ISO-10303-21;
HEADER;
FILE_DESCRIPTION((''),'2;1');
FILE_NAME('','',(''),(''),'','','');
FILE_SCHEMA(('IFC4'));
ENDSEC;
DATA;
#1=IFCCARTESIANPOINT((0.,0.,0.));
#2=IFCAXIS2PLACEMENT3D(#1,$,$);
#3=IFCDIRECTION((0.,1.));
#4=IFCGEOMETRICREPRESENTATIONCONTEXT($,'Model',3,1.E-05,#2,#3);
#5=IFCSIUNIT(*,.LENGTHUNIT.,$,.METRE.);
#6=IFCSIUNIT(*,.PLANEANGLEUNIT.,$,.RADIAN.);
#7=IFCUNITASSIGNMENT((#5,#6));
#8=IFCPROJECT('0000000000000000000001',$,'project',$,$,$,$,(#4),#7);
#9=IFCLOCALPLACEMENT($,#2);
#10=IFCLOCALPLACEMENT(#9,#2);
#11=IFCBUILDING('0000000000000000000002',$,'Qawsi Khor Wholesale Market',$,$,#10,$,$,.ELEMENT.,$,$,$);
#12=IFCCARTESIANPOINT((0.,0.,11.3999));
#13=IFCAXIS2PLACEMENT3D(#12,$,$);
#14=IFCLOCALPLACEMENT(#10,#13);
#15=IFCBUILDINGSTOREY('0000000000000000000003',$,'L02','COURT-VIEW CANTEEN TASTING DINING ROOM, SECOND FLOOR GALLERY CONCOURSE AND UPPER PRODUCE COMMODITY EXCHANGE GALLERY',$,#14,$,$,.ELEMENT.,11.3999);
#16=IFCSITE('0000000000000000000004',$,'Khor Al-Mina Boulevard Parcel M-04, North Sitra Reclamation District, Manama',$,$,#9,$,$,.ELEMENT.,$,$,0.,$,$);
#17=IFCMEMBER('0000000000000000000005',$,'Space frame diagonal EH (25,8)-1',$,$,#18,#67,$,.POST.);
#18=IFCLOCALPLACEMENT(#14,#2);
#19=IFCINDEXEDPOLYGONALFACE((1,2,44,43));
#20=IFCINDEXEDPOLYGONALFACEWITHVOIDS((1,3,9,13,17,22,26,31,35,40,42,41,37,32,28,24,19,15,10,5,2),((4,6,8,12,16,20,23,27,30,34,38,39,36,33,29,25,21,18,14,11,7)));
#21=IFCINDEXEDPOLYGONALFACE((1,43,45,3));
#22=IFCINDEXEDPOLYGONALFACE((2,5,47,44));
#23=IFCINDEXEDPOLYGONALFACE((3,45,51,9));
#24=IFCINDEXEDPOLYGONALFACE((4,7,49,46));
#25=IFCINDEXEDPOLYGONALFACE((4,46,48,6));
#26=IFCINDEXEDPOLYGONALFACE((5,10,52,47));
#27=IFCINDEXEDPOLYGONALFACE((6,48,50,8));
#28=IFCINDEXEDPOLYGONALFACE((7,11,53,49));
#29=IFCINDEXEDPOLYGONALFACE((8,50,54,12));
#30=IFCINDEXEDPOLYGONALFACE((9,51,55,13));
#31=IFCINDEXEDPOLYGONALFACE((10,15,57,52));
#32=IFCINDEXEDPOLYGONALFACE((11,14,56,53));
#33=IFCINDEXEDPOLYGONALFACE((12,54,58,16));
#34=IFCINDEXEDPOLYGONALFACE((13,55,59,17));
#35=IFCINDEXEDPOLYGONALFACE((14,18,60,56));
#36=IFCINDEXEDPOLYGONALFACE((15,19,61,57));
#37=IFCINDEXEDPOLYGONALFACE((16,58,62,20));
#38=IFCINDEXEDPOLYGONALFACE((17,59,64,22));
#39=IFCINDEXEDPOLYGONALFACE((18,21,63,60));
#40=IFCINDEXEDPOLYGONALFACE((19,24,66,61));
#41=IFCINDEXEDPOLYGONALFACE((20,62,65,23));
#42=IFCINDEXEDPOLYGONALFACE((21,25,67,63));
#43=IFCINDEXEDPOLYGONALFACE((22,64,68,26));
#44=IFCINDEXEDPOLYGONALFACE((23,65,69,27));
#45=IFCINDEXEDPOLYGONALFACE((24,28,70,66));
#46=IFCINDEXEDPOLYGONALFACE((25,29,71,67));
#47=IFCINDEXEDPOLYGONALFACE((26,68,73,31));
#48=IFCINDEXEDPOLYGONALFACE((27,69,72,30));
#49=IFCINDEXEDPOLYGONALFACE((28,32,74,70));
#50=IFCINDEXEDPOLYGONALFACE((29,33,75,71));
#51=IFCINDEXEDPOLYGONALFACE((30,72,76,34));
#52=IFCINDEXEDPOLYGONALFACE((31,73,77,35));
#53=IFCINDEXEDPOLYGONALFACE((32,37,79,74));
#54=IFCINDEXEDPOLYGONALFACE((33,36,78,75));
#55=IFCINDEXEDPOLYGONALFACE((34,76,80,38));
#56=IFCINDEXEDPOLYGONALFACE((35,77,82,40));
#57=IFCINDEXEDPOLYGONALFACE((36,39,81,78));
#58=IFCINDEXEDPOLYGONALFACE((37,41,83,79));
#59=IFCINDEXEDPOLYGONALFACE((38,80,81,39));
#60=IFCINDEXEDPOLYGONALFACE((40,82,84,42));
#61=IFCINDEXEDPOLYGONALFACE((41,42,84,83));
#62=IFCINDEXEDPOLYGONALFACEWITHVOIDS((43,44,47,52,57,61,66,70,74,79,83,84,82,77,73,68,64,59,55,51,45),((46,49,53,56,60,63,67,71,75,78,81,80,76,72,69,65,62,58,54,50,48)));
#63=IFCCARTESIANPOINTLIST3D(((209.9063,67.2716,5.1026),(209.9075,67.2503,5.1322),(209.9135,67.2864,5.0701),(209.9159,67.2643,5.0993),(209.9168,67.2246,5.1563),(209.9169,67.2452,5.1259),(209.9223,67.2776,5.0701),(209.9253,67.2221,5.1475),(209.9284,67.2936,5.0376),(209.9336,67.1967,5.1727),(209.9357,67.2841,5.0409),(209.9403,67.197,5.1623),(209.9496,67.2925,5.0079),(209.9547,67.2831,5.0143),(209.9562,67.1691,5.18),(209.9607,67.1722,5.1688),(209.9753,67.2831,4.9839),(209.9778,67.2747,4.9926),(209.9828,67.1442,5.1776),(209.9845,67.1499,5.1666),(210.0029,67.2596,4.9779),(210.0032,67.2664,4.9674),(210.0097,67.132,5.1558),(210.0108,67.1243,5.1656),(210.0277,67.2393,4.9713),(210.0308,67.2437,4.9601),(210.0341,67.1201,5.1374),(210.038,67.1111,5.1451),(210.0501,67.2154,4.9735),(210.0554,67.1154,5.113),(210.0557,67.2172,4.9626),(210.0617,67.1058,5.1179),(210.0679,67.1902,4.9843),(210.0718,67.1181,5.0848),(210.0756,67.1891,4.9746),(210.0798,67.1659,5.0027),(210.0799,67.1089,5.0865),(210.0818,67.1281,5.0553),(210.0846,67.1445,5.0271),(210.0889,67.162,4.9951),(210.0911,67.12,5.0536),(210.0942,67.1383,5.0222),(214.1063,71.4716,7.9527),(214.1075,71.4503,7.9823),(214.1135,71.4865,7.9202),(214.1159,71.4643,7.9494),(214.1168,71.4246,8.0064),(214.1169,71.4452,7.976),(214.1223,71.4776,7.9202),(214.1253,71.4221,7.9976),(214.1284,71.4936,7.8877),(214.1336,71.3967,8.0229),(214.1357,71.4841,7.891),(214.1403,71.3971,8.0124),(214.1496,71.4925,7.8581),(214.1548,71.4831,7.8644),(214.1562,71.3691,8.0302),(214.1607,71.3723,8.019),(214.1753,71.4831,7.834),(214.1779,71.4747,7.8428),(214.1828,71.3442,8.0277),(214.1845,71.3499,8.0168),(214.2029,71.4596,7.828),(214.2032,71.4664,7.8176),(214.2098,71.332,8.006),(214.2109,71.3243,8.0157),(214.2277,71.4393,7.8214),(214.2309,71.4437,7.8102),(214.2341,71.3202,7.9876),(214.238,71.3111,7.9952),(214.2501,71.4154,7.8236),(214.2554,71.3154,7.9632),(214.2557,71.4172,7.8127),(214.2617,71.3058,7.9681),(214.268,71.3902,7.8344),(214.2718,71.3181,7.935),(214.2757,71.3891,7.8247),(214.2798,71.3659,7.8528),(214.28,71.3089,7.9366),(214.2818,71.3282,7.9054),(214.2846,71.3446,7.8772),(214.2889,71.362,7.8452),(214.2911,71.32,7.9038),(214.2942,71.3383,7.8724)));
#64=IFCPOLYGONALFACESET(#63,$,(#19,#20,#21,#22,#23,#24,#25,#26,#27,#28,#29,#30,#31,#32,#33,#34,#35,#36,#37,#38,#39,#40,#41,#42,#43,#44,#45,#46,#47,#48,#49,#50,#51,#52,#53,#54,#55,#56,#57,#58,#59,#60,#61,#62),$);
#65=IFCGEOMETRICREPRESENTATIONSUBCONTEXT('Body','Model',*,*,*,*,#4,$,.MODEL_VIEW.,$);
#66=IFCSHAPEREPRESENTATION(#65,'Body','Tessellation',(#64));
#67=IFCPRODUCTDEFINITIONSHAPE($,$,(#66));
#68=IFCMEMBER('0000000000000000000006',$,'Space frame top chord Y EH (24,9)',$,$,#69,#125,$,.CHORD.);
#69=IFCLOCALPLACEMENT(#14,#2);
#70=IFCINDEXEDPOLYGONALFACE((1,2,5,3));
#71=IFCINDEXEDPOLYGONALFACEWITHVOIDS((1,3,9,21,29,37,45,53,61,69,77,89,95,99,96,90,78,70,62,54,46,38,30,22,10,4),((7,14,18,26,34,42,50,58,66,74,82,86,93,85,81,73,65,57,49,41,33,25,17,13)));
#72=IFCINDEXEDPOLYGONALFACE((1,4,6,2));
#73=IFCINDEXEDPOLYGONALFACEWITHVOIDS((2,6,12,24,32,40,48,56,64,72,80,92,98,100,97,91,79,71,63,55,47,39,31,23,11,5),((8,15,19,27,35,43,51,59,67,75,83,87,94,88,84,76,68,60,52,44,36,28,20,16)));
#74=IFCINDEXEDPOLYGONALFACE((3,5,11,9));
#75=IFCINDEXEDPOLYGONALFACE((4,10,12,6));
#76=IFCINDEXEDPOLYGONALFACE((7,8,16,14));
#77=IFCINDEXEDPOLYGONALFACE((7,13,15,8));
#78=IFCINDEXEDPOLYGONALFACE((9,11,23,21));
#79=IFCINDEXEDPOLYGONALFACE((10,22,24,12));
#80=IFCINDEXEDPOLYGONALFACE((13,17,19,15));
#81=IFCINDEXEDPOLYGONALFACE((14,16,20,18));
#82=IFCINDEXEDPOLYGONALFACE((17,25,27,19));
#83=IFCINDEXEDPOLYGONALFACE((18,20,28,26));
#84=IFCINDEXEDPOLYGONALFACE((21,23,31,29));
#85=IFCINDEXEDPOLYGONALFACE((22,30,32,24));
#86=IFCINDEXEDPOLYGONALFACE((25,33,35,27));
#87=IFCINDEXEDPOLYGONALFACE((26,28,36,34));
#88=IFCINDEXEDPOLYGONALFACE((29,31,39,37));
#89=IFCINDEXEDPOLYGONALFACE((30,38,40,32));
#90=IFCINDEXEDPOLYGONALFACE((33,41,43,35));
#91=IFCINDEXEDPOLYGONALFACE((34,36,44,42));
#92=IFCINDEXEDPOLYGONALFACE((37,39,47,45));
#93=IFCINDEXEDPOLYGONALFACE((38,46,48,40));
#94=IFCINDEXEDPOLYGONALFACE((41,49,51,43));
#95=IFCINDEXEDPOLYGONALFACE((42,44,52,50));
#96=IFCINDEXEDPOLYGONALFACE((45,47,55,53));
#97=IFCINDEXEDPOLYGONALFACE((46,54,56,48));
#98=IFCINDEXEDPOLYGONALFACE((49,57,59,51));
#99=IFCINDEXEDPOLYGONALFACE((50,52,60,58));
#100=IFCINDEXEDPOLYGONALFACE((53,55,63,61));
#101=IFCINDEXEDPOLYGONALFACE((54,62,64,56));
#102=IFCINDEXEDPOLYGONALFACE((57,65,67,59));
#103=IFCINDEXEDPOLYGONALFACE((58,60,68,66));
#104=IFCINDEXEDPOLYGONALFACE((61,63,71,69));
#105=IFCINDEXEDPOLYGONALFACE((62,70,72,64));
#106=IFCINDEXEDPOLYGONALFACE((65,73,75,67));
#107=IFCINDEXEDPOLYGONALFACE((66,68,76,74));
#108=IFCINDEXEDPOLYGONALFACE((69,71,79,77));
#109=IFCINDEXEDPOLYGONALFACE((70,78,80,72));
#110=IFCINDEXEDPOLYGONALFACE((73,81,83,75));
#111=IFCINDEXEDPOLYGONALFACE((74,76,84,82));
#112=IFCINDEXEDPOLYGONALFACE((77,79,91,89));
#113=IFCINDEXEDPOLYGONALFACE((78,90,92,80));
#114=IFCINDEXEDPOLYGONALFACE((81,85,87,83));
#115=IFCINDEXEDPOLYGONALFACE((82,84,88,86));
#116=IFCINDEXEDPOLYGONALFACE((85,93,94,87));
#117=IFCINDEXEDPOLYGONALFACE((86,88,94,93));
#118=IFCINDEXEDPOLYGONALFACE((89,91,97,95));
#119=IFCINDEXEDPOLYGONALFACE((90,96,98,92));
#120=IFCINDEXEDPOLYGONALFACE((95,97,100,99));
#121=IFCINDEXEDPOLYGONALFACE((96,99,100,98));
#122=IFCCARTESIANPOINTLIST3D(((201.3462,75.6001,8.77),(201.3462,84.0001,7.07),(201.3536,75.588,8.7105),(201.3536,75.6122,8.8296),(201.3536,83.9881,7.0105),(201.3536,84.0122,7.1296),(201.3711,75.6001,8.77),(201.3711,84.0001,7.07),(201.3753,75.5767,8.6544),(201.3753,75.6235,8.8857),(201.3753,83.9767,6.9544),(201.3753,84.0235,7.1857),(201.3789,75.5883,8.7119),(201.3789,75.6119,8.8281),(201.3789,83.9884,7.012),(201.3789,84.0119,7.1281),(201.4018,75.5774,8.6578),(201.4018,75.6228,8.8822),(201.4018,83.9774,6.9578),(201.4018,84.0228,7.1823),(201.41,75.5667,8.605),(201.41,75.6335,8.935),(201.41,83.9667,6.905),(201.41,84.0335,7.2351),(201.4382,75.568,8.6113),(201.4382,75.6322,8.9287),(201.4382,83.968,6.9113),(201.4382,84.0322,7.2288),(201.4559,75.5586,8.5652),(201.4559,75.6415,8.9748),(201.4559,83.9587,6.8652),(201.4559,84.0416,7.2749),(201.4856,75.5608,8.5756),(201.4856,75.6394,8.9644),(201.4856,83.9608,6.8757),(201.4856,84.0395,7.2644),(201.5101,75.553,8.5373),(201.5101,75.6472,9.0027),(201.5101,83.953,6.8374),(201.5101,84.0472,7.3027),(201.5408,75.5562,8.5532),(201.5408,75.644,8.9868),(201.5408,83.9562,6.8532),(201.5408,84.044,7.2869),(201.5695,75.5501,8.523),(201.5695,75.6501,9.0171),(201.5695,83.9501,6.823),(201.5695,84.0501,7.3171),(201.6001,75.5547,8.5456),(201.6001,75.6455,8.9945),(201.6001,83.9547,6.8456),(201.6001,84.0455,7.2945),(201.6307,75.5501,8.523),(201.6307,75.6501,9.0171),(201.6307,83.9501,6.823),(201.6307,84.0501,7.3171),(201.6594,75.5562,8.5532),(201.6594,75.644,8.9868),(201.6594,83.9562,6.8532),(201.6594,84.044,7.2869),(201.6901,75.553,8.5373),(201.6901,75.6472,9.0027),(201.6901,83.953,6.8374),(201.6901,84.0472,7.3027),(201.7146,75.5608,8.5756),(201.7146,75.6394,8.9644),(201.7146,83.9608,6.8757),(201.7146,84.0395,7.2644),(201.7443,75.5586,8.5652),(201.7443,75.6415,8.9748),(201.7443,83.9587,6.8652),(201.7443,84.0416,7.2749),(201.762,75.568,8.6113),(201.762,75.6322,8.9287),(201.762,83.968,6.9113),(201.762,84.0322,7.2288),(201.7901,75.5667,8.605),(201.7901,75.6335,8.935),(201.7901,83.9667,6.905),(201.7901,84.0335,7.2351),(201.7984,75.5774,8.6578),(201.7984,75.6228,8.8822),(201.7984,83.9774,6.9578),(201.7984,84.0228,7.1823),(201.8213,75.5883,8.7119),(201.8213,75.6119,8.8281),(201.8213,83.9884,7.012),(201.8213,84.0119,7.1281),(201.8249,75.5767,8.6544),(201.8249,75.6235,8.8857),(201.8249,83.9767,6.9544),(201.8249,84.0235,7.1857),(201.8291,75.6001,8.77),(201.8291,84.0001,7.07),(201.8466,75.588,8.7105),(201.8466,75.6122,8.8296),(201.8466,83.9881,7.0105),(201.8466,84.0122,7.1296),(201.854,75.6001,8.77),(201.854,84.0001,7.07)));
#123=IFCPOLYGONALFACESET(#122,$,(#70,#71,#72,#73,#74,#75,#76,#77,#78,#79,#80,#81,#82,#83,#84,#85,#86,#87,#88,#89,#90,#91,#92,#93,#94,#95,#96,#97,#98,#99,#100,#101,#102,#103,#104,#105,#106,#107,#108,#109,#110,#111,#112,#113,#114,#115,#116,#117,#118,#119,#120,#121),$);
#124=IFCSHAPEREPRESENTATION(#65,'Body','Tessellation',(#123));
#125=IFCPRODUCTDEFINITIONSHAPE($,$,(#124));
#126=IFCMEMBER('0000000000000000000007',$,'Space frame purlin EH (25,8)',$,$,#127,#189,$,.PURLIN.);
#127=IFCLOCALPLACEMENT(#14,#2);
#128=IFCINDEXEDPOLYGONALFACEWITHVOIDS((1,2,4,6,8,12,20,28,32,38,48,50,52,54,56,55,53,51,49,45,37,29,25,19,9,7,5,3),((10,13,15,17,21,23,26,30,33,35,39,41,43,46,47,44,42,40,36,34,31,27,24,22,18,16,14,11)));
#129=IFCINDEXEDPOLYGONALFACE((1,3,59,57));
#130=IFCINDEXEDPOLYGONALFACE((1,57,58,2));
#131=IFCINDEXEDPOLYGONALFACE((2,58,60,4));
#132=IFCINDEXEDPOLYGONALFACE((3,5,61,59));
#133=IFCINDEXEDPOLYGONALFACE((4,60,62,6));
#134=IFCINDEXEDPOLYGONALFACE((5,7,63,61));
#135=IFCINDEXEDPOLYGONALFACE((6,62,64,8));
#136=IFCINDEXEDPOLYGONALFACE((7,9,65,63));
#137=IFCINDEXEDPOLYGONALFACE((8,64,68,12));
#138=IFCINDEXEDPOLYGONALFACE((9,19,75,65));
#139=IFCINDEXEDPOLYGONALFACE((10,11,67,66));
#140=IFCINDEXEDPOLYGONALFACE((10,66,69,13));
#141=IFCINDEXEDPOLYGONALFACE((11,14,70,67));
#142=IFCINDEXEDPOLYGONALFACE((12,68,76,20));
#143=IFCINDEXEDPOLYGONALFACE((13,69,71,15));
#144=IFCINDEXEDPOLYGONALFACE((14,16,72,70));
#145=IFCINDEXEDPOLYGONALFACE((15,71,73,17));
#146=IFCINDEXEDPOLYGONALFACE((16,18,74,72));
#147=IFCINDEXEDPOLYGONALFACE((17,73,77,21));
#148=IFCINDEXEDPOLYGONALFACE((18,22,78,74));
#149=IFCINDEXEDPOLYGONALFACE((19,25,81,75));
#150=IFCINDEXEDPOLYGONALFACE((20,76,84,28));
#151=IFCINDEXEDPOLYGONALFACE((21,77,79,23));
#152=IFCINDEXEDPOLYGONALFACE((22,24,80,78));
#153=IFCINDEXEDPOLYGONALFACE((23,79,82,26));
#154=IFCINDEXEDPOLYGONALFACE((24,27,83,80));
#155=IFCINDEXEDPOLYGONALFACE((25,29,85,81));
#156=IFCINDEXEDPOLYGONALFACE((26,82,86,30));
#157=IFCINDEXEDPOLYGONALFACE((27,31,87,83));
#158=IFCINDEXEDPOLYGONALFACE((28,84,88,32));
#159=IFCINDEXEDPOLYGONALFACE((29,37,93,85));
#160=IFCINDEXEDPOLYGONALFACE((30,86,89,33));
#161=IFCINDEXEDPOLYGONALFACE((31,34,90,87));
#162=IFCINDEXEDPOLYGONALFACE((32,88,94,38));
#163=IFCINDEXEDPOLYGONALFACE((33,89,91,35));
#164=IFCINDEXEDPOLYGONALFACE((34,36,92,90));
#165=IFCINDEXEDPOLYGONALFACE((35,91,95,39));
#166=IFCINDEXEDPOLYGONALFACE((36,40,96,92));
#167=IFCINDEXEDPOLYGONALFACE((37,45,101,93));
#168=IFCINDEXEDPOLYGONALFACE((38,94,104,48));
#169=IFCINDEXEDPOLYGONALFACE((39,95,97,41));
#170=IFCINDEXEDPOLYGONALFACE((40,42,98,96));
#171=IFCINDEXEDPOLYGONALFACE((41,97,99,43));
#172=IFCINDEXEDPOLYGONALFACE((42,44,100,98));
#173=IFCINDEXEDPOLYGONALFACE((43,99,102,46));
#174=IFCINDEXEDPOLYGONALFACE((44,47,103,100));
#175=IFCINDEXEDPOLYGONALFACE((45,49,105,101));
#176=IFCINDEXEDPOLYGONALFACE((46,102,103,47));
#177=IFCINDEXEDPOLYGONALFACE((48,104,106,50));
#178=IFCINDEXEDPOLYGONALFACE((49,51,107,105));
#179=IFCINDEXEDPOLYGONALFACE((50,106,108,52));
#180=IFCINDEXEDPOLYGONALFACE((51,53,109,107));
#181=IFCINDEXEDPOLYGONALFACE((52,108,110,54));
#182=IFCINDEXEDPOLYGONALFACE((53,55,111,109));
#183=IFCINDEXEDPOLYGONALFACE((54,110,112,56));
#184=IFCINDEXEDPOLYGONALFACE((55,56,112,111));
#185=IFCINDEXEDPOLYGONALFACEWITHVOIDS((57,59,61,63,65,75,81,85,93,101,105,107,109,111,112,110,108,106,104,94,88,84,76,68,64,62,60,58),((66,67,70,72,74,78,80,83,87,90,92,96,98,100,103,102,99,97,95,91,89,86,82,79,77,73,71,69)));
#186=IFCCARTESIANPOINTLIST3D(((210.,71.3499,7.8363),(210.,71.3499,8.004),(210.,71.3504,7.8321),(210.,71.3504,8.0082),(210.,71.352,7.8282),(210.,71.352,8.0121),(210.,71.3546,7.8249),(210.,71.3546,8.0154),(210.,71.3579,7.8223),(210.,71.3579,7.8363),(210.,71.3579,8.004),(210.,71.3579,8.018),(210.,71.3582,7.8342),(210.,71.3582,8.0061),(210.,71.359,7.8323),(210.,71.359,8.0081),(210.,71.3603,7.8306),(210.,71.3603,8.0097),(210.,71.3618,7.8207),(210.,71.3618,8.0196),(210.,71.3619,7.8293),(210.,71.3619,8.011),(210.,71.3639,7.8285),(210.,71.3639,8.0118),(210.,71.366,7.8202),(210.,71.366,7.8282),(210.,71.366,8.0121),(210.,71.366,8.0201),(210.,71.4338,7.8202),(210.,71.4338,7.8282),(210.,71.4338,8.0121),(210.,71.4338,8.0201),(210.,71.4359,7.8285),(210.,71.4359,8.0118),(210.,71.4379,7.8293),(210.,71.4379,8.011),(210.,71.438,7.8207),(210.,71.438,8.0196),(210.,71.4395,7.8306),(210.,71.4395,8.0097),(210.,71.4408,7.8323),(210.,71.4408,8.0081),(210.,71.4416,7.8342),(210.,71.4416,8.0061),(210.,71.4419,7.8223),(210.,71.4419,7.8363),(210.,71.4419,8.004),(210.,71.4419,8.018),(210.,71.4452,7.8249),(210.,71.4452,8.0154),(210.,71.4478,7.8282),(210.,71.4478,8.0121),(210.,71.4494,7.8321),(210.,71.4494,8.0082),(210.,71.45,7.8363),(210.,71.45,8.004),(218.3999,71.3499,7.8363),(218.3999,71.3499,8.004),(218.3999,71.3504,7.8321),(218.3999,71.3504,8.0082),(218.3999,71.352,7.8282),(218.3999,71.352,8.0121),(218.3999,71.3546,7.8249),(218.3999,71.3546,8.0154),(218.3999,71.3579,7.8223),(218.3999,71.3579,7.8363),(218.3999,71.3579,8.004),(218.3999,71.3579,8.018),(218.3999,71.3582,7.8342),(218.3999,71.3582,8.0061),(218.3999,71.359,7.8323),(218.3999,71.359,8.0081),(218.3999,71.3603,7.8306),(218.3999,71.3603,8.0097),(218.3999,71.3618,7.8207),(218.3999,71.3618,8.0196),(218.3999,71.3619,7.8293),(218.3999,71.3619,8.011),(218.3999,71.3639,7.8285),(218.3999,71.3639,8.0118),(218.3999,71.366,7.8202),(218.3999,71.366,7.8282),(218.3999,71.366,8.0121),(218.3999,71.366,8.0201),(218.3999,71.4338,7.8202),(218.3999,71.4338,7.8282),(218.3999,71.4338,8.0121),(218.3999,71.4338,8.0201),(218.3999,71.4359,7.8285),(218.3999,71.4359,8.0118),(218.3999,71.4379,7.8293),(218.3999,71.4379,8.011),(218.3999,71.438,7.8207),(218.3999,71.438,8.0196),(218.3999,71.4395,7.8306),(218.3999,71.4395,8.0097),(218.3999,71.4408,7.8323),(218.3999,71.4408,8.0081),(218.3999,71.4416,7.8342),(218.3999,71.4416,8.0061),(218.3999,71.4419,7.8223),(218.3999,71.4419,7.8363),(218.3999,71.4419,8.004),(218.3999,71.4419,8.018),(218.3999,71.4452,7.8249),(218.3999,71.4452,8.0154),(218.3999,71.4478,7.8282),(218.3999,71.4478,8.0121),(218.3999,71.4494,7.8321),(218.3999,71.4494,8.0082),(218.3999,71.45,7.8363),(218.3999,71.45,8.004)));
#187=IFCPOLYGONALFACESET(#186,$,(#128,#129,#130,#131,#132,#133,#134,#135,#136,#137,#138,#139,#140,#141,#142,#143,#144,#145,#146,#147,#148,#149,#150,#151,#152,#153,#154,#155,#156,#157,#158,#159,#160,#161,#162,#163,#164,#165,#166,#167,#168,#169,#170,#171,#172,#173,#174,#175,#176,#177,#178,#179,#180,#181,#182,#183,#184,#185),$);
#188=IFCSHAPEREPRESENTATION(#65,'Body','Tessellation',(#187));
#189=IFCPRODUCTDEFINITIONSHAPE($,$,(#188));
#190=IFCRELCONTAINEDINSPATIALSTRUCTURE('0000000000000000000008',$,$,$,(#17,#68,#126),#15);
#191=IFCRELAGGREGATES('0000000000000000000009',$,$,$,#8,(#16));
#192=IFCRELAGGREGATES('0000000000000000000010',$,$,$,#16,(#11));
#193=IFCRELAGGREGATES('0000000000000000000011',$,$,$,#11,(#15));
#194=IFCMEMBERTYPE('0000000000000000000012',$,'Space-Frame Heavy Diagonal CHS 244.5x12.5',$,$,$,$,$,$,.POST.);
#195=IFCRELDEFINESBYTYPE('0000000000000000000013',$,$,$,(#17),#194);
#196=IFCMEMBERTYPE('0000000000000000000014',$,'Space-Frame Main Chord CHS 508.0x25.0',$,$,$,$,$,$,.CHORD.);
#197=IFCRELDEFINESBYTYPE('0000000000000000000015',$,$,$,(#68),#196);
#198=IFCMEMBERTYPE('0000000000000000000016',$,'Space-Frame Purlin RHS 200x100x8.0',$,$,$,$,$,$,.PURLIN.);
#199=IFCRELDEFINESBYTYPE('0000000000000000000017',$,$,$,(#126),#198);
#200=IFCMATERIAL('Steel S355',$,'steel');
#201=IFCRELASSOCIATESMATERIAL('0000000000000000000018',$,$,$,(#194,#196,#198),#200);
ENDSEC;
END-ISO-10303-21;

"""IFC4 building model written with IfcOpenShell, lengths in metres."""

from ifc_helpers import new_model, si_unit, direction, frame, origin, origin_2d, place, context, subcontext, project, spatial, hollow_rectangle, hollow_circle, extrude, material, material_profile, profile_set, type_object, element, save


model = new_model("IFC4")

# Units and contexts
model_context = context("Model", 3, precision=1e-05, world=origin(), true_north=direction((0.0, 1.0)))
body_context = subcontext(model_context, "Body", "Model", "MODEL_VIEW")
ifc_project = project(units=[si_unit("LENGTHUNIT", "METRE"), si_unit("PLANEANGLEUNIT", "RADIAN")], contexts=[model_context])

# Site, building, storey
site_placement = place(None, origin())
site = spatial("IfcSite", under=ifc_project, at=site_placement, Name="Khor Al-Mina Boulevard Parcel M-04, North Sitra Reclamation District, Manama", CompositionType="ELEMENT", RefElevation=0.0)
building_placement = place(site_placement, origin())
building = spatial("IfcBuilding", under=site, at=building_placement, Name="Qawsi Khor Wholesale Market", CompositionType="ELEMENT")
storey_placement = place(building_placement, frame((0.0, 0.0, 11.3999)))
storey = spatial("IfcBuildingStorey", under=building, at=storey_placement, Name="L02", Description="COURT-VIEW CANTEEN TASTING DINING ROOM, SECOND FLOOR GALLERY CONCOURSE AND UPPER PRODUCE COMMODITY EXCHANGE GALLERY", CompositionType="ELEMENT", Elevation=11.3999)

# Members
ifc_material_1 = material(Name="Steel S355", Category="steel")
ifc_material_profile_1 = material_profile(ifc_material_1, hollow_circle(Radius=0.1223, WallThickness=0.0125, at=origin_2d()), Name="CHS 244.5x12.5")
ifc_profile_set_1 = profile_set([ifc_material_profile_1], Name="Steel S355")
member_type_1 = type_object("IfcMemberType", Name="Space-Frame Heavy Diagonal CHS 244.5x12.5", PredefinedType="POST", material=ifc_profile_set_1)
member_1_placement = place(storey_placement, frame((210.0, 67.2, 5.0701), z_axis=(0.637512, 0.637512, 0.432617), x_axis=(-0.707107, 0.707107, 0.0)))
element("IfcMember", 1, at=member_1_placement, inside=storey, type_object=member_type_1, Name="Space frame diagonal EH (25,8)-1", PredefinedType="POST", context=body_context, shape_type="SweptSolid", body=[
    extrude(hollow_circle(Radius=0.1223, WallThickness=0.0125, at=origin_2d()), origin(), (0.0, 0.0, 1.0), 6.5881),
])
ifc_material_profile_2 = material_profile(ifc_material_1, hollow_circle(Radius=0.2539, WallThickness=0.0249, at=origin_2d()), Name="CHS 508.0x25.0")
ifc_profile_set_2 = profile_set([ifc_material_profile_2], Name="Steel S355")
member_type_2 = type_object("IfcMemberType", Name="Space-Frame Main Chord CHS 508.0x25.0", PredefinedType="CHORD", material=ifc_profile_set_2)
member_2_placement = place(storey_placement, frame((201.6001, 75.6001, 8.77), z_axis=(0.0, 0.98013, -0.198356), x_axis=(-1.0, 0.0, 0.0)))
element("IfcMember", 2, at=member_2_placement, inside=storey, type_object=member_type_2, Name="Space frame top chord Y EH (24,9)", PredefinedType="CHORD", context=body_context, shape_type="SweptSolid", body=[
    extrude(hollow_circle(Radius=0.2539, WallThickness=0.0249, at=origin_2d()), origin(), (0.0, 0.0, 1.0), 8.5703),
])
ifc_material_profile_3 = material_profile(ifc_material_1, hollow_rectangle(XDim=0.1001, YDim=0.2, WallThickness=0.0081, InnerFilletRadius=0.0081, OuterFilletRadius=0.0161, at=origin_2d()), Name="RHS 200x100x8.0")
ifc_profile_set_3 = profile_set([ifc_material_profile_3], Name="Steel S355")
member_type_3 = type_object("IfcMemberType", Name="Space-Frame Purlin RHS 200x100x8.0", PredefinedType="PURLIN", material=ifc_profile_set_3)
member_3_placement = place(storey_placement, frame((210.0, 71.3999, 7.9202), z_axis=(1.0, 0.0, 0.0), x_axis=(0.0, 1.0, 0.0)))
element("IfcMember", 3, at=member_3_placement, inside=storey, type_object=member_type_3, Name="Space frame purlin EH (25,8)", PredefinedType="PURLIN", context=body_context, shape_type="SweptSolid", body=[
    extrude(hollow_rectangle(XDim=0.1001, YDim=0.2, WallThickness=0.0081, InnerFilletRadius=0.0081, OuterFilletRadius=0.0161, at=origin_2d()), origin(), (0.0, 0.0, 1.0), 8.3999),
])

save(model, "model.ifc")
